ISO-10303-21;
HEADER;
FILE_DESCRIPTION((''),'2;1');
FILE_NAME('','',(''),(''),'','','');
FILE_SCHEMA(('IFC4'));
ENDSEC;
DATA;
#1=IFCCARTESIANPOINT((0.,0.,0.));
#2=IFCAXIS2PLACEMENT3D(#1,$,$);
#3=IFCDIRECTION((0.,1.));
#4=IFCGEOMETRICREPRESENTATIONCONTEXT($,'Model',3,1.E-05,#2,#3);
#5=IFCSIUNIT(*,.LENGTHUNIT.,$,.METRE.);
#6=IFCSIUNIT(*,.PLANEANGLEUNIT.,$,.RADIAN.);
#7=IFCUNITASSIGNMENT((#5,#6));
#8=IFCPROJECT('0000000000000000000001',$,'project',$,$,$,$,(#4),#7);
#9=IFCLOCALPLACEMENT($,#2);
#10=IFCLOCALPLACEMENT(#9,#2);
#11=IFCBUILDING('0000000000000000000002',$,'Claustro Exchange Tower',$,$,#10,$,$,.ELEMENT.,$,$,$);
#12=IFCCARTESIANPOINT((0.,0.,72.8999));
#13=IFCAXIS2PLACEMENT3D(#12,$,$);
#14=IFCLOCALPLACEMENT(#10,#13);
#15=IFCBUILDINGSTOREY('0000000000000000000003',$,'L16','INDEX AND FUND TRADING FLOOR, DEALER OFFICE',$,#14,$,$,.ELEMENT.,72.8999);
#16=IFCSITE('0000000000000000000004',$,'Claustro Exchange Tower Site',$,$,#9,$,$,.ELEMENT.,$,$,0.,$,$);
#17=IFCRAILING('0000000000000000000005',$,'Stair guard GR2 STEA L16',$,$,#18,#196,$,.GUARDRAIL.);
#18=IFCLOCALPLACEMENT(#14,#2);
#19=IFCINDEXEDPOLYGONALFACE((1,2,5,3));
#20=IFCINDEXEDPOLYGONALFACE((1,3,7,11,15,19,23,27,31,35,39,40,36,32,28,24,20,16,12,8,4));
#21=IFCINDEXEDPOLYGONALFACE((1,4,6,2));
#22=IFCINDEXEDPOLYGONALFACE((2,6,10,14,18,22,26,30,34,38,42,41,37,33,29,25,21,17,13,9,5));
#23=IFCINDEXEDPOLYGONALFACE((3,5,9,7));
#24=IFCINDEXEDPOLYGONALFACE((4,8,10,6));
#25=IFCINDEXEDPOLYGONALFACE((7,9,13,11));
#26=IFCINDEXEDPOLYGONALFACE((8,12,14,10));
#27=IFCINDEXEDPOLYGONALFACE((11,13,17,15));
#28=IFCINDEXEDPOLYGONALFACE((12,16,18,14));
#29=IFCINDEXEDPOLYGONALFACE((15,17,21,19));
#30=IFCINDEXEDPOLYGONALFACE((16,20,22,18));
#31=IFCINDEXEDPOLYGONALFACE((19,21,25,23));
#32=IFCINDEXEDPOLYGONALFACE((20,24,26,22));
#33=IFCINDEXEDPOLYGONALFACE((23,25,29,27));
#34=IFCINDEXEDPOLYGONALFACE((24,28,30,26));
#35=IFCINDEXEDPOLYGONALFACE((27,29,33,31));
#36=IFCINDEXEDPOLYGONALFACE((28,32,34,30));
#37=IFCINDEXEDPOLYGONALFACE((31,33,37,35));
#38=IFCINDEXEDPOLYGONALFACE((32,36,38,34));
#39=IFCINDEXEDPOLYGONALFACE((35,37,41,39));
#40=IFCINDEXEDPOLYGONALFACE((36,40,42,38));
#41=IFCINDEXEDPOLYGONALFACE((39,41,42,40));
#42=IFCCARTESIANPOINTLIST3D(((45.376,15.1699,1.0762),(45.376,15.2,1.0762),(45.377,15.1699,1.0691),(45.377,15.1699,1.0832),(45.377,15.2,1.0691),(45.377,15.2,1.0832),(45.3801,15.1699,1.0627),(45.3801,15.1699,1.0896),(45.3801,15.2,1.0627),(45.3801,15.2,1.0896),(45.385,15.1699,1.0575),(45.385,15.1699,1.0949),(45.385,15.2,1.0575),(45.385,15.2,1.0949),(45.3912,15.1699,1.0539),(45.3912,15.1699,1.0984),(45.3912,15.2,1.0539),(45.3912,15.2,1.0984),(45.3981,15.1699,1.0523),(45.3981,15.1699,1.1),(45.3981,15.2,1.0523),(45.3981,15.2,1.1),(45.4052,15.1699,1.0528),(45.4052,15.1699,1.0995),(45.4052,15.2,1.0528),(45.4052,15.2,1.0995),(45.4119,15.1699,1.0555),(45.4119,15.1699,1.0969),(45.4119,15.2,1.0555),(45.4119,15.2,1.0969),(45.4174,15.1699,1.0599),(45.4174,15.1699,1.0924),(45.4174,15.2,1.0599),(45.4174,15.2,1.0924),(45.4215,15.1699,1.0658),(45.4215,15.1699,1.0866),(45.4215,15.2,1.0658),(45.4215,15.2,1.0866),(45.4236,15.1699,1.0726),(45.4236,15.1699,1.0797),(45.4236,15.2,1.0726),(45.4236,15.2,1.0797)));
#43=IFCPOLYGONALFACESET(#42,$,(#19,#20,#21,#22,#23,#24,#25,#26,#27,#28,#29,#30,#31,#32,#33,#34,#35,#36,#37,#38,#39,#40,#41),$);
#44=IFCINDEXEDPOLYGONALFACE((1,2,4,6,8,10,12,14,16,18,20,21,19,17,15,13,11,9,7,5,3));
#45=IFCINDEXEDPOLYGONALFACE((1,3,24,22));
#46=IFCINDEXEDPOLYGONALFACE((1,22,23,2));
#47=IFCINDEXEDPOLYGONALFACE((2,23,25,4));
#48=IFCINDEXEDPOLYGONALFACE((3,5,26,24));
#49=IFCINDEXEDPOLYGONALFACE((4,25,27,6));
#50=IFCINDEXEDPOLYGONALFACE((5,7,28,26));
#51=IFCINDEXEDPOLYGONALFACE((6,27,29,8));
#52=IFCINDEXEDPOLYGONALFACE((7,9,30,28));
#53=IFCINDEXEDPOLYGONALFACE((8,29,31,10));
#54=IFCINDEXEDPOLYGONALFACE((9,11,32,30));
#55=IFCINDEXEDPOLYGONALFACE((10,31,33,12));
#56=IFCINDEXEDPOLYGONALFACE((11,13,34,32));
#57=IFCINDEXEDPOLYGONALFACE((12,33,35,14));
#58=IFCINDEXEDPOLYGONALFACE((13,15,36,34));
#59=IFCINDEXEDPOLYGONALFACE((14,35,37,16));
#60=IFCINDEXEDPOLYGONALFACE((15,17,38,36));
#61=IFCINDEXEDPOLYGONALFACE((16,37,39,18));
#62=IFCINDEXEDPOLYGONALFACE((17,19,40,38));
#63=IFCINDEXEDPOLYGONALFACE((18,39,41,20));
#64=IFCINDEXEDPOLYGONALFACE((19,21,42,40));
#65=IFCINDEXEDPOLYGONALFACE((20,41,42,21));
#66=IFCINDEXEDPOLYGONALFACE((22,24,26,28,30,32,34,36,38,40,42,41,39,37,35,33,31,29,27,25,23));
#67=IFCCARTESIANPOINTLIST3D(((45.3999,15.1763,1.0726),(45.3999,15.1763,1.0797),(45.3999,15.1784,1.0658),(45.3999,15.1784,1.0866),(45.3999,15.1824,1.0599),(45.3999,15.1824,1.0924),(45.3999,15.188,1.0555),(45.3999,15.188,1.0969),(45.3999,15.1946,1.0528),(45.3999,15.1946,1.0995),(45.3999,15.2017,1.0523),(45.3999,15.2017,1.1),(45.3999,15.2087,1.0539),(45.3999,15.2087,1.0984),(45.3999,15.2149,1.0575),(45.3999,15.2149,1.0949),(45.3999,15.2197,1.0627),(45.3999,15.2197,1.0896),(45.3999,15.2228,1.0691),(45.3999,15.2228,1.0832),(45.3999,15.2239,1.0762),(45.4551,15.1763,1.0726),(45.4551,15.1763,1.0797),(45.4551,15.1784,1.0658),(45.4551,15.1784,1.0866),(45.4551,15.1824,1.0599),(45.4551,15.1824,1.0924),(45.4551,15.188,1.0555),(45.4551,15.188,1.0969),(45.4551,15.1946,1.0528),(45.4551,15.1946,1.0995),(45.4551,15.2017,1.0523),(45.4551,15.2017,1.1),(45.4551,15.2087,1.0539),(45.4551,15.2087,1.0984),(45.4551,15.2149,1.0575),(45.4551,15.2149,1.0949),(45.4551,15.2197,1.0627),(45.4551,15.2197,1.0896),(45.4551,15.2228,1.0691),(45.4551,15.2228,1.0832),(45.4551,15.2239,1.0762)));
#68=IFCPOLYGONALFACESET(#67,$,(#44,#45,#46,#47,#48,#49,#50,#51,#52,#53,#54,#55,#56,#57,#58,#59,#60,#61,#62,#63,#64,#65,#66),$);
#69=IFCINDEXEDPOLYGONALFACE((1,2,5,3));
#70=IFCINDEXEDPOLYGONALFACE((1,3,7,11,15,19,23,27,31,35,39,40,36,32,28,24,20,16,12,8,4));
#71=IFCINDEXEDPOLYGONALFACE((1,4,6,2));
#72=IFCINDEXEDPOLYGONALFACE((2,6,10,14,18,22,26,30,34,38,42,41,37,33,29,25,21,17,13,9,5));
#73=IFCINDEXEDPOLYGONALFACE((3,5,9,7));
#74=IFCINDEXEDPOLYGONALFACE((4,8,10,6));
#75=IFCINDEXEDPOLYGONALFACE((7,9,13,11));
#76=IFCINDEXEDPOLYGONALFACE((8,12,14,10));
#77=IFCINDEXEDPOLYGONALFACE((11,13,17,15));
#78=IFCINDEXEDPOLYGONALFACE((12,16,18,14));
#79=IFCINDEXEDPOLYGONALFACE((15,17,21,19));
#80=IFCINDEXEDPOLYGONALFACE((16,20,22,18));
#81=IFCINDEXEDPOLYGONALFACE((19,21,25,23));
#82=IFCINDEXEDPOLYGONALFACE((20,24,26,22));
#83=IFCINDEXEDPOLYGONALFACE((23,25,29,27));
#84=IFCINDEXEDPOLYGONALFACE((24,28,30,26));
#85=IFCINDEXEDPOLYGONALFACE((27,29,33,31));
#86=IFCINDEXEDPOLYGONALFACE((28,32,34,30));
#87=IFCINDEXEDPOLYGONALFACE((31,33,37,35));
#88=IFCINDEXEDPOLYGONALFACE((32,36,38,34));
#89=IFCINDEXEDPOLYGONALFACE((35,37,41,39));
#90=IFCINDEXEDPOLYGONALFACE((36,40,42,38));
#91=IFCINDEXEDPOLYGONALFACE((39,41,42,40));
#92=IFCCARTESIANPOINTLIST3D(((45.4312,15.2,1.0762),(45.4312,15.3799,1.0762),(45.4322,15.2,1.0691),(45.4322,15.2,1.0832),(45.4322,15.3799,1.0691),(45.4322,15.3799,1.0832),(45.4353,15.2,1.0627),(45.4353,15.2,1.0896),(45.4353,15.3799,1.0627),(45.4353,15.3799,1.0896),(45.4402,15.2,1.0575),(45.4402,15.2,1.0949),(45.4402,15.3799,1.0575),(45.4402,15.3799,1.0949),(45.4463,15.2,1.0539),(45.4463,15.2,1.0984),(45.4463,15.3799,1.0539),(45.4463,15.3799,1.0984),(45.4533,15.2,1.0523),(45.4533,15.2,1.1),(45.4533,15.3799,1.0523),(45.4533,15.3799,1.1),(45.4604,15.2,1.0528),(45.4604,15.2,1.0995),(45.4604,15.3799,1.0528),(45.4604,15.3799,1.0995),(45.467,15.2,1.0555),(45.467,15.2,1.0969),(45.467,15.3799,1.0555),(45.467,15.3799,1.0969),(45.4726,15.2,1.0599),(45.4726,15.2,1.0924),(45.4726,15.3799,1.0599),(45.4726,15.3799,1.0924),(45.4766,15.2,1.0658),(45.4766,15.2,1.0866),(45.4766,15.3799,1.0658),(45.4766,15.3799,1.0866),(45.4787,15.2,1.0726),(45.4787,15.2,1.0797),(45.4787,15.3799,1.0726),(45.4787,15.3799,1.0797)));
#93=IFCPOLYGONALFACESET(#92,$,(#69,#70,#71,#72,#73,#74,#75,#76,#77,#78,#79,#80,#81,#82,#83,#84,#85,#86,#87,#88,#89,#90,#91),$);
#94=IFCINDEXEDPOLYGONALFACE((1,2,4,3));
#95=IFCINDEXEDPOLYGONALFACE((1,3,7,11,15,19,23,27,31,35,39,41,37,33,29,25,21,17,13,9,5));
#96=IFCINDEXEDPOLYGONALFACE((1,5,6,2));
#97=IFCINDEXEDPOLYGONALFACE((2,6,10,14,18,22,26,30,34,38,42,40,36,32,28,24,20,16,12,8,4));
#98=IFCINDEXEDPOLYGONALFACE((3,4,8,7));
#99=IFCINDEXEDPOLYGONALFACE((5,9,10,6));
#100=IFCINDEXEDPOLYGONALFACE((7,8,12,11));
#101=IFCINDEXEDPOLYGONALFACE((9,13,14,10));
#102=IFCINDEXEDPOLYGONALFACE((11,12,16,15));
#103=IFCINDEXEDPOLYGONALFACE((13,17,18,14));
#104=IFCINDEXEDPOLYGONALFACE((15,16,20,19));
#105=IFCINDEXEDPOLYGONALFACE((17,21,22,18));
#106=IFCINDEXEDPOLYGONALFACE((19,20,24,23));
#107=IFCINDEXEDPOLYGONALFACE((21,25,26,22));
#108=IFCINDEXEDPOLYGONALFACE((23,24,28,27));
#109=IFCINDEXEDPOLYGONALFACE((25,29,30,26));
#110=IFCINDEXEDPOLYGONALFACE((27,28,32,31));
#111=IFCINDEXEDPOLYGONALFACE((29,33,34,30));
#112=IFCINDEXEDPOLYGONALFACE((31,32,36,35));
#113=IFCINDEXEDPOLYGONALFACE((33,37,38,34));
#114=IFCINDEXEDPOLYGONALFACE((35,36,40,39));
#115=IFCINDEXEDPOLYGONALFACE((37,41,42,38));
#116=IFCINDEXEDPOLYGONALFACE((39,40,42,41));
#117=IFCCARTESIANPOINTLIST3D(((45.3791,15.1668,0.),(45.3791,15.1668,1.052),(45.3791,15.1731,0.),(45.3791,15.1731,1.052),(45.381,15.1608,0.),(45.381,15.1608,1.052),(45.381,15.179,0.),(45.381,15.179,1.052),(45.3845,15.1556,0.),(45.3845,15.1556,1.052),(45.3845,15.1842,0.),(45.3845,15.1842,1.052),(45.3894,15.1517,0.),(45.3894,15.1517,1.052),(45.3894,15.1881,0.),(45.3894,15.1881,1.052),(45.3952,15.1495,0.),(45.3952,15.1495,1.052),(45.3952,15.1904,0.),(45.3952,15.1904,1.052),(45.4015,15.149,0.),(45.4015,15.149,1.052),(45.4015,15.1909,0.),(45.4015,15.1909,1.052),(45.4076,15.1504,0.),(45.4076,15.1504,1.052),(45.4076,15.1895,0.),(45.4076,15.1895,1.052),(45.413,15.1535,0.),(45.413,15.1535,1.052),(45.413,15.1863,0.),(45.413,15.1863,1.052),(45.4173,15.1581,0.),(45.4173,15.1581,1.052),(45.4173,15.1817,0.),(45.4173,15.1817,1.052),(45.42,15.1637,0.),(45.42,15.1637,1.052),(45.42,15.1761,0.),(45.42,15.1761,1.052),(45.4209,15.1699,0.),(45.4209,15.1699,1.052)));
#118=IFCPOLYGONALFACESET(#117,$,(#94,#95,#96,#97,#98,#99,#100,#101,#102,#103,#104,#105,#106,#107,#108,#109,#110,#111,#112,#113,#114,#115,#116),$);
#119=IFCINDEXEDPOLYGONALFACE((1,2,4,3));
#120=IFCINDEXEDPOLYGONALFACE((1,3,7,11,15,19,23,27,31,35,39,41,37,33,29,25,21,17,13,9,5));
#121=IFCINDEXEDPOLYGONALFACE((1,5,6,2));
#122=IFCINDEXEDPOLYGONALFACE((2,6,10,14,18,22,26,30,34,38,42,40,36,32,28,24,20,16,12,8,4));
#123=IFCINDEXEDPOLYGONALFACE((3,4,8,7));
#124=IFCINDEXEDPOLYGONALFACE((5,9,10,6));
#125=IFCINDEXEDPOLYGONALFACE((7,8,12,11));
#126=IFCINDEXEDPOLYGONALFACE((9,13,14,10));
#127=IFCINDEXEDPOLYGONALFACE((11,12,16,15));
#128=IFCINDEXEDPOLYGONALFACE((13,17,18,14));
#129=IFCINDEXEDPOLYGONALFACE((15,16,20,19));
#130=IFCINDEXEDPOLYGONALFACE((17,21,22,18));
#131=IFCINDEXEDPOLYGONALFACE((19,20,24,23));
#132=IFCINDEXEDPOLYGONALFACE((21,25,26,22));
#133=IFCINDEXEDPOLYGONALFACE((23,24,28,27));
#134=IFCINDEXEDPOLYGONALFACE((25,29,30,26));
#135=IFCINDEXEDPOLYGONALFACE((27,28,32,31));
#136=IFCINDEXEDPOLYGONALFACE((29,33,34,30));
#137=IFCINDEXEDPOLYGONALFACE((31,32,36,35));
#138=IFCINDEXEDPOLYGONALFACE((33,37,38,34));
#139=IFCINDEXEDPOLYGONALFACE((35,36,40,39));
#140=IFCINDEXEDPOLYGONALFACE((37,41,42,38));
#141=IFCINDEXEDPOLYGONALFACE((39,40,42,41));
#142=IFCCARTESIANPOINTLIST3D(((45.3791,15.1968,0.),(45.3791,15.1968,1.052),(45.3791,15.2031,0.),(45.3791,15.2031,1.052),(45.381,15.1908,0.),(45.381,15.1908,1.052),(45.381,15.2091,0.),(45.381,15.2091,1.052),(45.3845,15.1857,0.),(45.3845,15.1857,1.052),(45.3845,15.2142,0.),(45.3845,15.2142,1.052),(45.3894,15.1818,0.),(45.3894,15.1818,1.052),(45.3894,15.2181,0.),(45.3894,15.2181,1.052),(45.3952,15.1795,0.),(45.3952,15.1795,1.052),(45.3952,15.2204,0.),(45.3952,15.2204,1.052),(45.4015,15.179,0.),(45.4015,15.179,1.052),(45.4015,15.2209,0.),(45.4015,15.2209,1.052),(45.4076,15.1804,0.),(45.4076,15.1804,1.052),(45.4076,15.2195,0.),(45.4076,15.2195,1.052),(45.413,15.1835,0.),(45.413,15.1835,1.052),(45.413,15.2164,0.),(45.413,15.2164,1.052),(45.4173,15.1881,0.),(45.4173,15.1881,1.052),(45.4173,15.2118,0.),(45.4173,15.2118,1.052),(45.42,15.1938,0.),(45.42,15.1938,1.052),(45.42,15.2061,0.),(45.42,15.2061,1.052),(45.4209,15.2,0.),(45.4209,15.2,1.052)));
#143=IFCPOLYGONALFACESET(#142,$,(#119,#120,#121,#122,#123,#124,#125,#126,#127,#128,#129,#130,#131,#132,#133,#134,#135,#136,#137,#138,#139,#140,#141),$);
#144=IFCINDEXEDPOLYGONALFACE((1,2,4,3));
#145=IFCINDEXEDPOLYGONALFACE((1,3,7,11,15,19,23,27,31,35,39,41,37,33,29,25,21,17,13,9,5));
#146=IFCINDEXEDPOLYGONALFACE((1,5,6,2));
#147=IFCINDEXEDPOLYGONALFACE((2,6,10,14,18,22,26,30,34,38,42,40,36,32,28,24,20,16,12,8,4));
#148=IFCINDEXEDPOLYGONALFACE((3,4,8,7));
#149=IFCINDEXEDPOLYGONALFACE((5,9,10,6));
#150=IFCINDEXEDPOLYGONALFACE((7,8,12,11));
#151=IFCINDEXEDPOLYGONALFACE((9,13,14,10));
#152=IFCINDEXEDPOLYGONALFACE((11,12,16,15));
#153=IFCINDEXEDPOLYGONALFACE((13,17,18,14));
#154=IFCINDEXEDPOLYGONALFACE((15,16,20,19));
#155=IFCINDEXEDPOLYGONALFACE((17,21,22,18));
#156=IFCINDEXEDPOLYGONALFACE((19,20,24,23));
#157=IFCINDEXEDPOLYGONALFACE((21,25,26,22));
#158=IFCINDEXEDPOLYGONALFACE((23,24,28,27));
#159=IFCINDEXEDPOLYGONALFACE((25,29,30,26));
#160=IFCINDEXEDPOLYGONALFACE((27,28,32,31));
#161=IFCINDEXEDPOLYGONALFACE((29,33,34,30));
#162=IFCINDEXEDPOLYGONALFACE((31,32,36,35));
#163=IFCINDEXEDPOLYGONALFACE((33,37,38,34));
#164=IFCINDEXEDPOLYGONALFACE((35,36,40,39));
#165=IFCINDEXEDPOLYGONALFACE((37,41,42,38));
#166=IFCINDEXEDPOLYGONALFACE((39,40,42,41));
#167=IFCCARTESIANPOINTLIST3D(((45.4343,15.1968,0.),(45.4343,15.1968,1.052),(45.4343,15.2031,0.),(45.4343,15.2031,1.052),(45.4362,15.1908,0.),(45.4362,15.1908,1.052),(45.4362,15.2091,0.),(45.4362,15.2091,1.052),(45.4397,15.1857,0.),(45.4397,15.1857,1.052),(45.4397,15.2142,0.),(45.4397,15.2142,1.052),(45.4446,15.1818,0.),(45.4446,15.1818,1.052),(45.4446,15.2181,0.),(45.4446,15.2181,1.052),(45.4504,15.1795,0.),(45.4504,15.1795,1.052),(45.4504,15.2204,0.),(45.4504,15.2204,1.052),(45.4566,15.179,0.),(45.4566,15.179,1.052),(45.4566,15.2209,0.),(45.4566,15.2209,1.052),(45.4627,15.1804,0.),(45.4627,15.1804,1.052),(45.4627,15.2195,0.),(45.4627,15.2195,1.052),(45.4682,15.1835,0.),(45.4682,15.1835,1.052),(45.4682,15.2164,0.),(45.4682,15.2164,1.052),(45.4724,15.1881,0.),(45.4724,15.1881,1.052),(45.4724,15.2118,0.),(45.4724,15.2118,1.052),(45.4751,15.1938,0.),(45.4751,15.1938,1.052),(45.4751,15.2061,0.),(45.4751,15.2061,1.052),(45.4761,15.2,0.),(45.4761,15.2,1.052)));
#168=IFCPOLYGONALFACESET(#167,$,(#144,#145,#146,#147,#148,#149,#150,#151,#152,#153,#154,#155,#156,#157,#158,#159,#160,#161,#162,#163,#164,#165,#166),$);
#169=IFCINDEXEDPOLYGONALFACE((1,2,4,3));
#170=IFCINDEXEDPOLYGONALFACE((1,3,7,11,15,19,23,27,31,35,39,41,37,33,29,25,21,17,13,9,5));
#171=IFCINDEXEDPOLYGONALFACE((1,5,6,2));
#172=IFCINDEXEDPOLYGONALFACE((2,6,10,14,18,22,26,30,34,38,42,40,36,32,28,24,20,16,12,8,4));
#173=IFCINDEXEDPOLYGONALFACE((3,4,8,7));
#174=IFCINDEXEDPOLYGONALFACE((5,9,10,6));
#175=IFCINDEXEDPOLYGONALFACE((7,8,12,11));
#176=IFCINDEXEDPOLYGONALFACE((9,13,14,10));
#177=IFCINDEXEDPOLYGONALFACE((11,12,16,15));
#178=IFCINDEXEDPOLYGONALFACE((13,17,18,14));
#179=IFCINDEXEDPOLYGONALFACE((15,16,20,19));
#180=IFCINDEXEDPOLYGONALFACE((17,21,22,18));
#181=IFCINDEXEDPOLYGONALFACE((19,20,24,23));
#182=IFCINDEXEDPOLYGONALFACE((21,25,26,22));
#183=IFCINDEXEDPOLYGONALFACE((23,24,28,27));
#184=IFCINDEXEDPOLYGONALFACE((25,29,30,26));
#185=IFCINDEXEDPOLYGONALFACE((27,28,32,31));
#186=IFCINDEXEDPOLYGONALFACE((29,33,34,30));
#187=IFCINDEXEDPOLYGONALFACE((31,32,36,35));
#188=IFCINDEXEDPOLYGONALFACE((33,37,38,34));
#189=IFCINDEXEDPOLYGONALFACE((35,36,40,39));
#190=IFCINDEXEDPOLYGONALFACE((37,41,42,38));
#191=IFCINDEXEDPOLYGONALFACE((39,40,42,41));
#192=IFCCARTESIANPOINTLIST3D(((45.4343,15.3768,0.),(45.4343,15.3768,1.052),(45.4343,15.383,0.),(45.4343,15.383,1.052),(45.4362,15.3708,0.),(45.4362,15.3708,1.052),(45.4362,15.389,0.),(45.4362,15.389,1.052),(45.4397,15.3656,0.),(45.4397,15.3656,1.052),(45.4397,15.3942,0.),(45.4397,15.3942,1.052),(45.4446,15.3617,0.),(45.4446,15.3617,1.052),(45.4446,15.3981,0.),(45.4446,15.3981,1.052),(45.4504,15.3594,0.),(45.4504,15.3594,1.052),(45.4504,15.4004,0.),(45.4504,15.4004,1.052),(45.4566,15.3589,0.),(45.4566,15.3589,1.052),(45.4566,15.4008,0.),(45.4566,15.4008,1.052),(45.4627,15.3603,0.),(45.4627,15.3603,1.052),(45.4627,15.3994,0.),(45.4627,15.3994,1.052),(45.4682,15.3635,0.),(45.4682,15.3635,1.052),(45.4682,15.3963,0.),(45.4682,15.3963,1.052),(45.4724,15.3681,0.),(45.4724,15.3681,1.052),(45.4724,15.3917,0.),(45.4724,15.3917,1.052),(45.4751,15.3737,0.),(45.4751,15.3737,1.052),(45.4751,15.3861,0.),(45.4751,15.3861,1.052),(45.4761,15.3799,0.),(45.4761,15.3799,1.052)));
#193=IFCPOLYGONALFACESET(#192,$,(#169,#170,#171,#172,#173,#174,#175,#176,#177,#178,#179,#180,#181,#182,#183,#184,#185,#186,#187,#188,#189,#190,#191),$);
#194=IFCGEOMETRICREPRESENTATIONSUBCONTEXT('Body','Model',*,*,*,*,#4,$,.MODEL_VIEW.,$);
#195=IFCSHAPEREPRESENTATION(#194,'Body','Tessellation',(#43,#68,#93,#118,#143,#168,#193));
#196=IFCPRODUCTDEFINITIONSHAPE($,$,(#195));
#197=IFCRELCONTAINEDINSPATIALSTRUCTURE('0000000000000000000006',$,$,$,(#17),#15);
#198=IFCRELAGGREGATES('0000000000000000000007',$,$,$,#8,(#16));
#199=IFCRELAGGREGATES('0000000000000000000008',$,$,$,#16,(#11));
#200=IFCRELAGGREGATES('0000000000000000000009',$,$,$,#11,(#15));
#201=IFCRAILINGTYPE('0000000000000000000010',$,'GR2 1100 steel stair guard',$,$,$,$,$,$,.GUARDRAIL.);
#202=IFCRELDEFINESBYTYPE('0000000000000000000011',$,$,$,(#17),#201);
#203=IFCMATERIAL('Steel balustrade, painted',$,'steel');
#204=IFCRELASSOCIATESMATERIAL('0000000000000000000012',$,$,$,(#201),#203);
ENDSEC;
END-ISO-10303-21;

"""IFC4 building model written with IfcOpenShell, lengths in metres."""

from ifc_helpers import new_model, si_unit, direction, frame, origin, origin_2d, place, context, subcontext, project, spatial, circle, extrude, material, type_object, element, save


model = new_model("IFC4")

# Units and contexts
model_context = context("Model", 3, precision=1e-05, world=origin(), true_north=direction((0.0, 1.0)))
body_context = subcontext(model_context, "Body", "Model", "MODEL_VIEW")
ifc_project = project(units=[si_unit("LENGTHUNIT", "METRE"), si_unit("PLANEANGLEUNIT", "RADIAN")], contexts=[model_context])

# Site, building, storey
site_placement = place(None, origin())
site = spatial("IfcSite", under=ifc_project, at=site_placement, Name="Claustro Exchange Tower Site", CompositionType="ELEMENT", RefElevation=0.0)
building_placement = place(site_placement, origin())
building = spatial("IfcBuilding", under=site, at=building_placement, Name="Claustro Exchange Tower", CompositionType="ELEMENT")
storey_placement = place(building_placement, frame((0.0, 0.0, 72.8999)))
storey = spatial("IfcBuildingStorey", under=building, at=storey_placement, Name="L16", Description="INDEX AND FUND TRADING FLOOR, DEALER OFFICE", CompositionType="ELEMENT", Elevation=72.8999)

# Railing
ifc_material_1 = material(Name="Steel balustrade, painted", Category="steel")
railing_type_1 = type_object("IfcRailingType", Name="GR2 1100 steel stair guard", PredefinedType="GUARDRAIL", material=ifc_material_1)
railing_1_placement = place(storey_placement, frame((45.3999, 15.1699, 0.0)))
element("IfcRailing", 1, at=railing_1_placement, inside=storey, type_object=railing_type_1, Name="Stair guard GR2 STEA L16", PredefinedType="GUARDRAIL", context=body_context, shape_type="SweptSolid", body=[
    extrude(circle(Radius=0.0239, at=origin_2d()), frame((0.0, 0.0, 1.0762), z_axis=(0.0, 1.0, 0.0), x_axis=(-1.0, 0.0, 0.0)), (0.0, 0.0, 1.0), 0.03),
    extrude(circle(Radius=0.0239, at=origin_2d()), frame((0.0, 0.03, 1.0762), z_axis=(1.0, 0.0, 0.0), x_axis=(0.0, 1.0, 0.0)), (0.0, 0.0, 1.0), 0.0552),
    extrude(circle(Radius=0.0239, at=origin_2d()), frame((0.0552, 0.03, 1.0762), z_axis=(0.0, 1.0, 0.0), x_axis=(-1.0, 0.0, 0.0)), (0.0, 0.0, 1.0), 0.1799),
    extrude(circle(Radius=0.021, at=origin_2d()), origin(), (0.0, 0.0, 1.0), 1.052),
    extrude(circle(Radius=0.021, at=origin_2d()), frame((0.0, 0.03, 0.0)), (0.0, 0.0, 1.0), 1.052),
    extrude(circle(Radius=0.021, at=origin_2d()), frame((0.0552, 0.03, 0.0)), (0.0, 0.0, 1.0), 1.052),
    extrude(circle(Radius=0.021, at=origin_2d()), frame((0.0552, 0.21, 0.0)), (0.0, 0.0, 1.0), 1.052),
])

save(model, "model.ifc")
